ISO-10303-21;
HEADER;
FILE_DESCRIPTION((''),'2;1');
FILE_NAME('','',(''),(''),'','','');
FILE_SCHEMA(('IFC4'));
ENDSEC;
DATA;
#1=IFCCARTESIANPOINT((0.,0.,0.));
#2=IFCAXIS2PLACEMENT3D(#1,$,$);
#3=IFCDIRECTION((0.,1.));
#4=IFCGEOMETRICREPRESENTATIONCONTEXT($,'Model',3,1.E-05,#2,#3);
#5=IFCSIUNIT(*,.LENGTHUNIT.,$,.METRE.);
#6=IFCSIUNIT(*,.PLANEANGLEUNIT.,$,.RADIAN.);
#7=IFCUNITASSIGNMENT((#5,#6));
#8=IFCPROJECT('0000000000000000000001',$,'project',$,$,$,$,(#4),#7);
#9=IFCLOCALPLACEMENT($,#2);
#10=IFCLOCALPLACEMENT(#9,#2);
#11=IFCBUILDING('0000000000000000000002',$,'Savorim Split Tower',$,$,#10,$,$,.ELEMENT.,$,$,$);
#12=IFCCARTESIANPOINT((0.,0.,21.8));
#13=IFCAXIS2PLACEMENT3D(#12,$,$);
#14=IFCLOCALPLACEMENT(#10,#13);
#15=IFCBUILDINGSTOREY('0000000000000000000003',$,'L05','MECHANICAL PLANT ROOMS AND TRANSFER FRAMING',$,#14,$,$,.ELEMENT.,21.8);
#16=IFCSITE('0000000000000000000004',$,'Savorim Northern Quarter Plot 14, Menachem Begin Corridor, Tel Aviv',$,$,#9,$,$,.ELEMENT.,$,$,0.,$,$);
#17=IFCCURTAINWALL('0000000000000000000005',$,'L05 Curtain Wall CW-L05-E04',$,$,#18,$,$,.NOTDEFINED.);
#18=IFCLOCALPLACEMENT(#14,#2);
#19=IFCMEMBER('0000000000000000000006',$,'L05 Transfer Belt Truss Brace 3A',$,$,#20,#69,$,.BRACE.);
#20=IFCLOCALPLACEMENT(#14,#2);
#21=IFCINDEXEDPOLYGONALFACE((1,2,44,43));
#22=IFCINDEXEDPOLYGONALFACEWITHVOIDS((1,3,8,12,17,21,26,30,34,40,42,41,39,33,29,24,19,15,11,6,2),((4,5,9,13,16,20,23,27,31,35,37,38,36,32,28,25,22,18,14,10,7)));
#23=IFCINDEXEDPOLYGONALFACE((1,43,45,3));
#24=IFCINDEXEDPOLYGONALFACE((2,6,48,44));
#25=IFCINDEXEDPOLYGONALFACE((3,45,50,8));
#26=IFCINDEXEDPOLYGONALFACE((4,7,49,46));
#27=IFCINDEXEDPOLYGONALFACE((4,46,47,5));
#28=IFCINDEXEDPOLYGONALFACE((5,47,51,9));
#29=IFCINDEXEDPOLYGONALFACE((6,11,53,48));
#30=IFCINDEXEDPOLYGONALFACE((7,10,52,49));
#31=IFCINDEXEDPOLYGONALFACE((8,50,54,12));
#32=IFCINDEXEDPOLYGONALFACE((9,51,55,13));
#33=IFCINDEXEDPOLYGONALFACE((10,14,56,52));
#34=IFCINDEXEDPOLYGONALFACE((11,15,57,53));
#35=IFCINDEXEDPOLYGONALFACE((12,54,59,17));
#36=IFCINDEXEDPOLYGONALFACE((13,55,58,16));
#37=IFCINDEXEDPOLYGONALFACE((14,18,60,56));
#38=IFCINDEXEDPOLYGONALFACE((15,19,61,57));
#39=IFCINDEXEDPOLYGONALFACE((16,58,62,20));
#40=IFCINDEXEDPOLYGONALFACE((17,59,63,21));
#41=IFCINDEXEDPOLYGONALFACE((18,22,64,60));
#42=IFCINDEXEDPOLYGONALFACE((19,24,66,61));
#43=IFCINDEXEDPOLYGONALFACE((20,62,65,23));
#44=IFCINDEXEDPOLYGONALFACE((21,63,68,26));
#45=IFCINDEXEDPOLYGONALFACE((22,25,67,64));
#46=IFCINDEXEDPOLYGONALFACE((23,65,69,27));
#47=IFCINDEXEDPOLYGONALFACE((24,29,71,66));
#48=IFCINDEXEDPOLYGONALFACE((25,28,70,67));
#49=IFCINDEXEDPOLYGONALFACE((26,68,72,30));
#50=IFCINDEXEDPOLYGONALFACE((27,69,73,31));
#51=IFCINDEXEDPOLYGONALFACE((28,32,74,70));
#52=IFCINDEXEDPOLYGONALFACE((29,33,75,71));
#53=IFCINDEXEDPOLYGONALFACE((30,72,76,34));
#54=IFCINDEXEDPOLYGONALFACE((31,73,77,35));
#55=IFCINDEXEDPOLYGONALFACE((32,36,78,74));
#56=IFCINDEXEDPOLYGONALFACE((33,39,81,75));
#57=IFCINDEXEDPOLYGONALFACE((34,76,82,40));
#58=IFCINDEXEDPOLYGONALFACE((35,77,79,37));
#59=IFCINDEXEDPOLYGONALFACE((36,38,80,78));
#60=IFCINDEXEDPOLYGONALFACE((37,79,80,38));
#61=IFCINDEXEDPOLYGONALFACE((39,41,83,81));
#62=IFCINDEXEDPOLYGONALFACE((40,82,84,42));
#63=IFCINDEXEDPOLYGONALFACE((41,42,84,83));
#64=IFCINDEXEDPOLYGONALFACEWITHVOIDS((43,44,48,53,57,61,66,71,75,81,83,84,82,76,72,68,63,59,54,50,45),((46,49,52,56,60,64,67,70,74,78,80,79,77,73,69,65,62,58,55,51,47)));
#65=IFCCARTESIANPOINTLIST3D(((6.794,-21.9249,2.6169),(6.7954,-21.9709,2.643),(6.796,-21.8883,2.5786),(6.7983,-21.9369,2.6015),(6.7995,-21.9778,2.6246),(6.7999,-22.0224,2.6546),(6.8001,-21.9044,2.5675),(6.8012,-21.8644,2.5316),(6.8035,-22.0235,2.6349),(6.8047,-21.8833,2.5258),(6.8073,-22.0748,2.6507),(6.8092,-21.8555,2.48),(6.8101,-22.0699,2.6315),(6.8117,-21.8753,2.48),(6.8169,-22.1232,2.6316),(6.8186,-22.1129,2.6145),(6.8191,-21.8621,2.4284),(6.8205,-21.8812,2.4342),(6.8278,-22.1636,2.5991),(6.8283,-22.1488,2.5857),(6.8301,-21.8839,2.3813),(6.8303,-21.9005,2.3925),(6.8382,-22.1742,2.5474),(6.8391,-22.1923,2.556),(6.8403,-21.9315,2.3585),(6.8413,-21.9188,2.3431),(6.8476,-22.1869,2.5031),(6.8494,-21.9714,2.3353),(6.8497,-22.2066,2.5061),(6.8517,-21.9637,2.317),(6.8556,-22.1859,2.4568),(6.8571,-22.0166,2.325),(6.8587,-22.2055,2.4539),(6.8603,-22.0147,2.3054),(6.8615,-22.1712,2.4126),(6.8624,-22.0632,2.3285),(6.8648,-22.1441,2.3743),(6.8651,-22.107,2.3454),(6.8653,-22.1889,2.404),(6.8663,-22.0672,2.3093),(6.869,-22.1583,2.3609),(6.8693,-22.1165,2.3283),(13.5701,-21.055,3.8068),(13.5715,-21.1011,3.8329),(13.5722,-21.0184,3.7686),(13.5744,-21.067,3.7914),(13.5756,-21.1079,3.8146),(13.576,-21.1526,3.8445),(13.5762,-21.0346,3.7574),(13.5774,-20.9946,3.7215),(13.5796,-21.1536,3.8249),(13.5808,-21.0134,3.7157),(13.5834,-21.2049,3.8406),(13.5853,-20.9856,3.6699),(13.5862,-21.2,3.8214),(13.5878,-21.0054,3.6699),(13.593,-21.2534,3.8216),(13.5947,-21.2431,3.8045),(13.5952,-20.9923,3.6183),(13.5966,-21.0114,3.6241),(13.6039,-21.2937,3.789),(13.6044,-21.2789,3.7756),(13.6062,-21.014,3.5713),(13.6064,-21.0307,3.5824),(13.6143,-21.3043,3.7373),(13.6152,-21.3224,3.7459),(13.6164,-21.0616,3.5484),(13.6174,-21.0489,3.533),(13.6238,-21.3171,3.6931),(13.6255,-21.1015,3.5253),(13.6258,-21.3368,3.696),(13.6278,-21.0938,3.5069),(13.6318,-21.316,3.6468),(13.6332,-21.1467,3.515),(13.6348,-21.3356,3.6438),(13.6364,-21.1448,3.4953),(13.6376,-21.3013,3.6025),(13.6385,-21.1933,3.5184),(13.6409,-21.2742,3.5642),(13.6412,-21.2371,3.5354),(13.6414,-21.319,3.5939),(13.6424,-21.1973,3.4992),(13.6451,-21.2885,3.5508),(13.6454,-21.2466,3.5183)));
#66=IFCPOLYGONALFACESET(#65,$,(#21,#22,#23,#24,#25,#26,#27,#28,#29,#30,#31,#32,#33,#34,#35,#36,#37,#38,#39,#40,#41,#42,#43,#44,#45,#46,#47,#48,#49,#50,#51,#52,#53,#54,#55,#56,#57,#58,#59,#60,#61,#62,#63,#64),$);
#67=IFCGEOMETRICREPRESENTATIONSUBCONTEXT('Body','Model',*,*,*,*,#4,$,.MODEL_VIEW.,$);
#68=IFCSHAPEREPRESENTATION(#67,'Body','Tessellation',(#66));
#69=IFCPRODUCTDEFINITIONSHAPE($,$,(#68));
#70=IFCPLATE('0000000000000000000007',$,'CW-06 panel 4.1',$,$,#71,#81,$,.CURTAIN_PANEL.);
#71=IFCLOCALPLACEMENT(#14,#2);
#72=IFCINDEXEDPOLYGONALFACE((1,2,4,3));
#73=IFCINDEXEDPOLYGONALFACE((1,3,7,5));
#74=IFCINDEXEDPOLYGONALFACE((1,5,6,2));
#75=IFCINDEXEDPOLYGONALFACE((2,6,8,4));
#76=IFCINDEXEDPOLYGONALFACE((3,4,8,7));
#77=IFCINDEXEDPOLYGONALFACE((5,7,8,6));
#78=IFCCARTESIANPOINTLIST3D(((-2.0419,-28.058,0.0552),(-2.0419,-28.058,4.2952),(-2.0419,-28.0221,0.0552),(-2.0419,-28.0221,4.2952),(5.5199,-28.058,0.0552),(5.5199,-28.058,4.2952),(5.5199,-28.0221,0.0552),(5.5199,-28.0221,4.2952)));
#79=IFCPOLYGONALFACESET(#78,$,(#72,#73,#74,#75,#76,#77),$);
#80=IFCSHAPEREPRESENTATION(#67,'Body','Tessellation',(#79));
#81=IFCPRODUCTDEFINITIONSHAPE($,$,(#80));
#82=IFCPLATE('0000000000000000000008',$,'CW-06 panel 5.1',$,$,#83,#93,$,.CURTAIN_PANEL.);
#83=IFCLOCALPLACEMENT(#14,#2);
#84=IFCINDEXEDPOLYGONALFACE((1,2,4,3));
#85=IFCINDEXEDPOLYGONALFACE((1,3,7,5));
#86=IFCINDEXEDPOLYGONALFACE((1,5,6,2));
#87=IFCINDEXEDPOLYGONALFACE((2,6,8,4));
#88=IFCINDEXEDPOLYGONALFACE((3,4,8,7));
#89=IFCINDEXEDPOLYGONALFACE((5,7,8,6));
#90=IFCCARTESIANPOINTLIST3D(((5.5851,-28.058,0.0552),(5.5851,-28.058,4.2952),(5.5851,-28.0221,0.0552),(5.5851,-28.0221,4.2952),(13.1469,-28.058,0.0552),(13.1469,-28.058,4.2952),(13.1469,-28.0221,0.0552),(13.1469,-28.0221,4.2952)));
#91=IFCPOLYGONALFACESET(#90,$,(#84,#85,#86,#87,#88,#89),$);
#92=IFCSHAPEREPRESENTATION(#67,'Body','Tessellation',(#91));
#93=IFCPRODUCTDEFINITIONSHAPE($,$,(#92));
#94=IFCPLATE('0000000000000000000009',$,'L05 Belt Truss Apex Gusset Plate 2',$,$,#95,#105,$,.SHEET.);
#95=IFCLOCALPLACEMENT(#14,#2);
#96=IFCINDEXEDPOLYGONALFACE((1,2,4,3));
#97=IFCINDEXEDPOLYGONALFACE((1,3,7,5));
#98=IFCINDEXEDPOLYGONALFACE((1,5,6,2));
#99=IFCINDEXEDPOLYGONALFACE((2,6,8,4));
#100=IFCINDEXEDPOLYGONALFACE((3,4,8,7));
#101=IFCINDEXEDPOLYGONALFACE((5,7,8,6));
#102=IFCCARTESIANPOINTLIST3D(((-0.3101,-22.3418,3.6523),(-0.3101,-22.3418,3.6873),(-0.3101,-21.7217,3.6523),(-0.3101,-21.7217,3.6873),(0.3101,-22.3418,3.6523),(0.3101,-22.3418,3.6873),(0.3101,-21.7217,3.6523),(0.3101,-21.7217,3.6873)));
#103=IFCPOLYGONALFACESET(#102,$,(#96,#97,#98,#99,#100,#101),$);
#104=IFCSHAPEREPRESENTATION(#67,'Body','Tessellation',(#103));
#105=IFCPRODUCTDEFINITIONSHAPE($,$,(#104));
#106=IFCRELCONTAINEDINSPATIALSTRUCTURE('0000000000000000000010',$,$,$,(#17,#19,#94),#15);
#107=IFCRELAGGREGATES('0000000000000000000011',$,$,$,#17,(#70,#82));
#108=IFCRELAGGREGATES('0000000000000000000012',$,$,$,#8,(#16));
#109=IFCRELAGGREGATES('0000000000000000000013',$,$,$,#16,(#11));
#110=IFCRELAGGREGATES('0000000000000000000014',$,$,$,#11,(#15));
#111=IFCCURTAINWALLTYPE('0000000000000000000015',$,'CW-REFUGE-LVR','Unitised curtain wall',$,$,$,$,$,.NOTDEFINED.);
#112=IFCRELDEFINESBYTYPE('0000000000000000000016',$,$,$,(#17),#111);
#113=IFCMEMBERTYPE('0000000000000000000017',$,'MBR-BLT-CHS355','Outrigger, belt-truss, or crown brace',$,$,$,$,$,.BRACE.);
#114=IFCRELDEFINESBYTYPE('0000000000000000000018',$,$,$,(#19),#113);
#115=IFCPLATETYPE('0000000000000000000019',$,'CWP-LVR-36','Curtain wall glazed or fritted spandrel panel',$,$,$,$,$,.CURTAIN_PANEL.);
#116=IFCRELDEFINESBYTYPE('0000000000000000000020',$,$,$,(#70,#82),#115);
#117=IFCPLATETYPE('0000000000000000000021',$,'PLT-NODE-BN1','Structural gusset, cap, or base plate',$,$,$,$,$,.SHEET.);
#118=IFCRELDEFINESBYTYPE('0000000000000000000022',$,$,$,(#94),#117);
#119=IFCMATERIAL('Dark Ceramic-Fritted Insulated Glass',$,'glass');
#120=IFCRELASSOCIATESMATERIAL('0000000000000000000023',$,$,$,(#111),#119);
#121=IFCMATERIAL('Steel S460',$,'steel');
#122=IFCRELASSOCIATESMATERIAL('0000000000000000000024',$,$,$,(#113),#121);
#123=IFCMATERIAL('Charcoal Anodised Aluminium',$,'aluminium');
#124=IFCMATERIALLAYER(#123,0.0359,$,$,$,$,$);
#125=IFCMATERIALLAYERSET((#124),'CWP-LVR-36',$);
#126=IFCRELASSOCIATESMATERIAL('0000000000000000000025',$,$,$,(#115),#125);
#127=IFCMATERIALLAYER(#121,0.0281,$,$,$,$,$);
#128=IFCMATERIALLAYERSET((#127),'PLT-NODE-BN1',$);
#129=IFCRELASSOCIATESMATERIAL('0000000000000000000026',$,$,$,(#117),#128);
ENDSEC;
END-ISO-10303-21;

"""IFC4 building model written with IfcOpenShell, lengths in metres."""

from ifc_helpers import new_model, si_unit, direction, frame, origin, origin_2d, place, context, subcontext, project, spatial, rectangle, hollow_circle, extrude, material, layer, layer_set, material_profile, profile_set, type_object, element, aggregate, save


model = new_model("IFC4")

# Units and contexts
model_context = context("Model", 3, precision=1e-05, world=origin(), true_north=direction((0.0, 1.0)))
body_context = subcontext(model_context, "Body", "Model", "MODEL_VIEW")
ifc_project = project(units=[si_unit("LENGTHUNIT", "METRE"), si_unit("PLANEANGLEUNIT", "RADIAN")], contexts=[model_context])

# Site, building, storey
site_placement = place(None, origin())
site = spatial("IfcSite", under=ifc_project, at=site_placement, Name="Savorim Northern Quarter Plot 14, Menachem Begin Corridor, Tel Aviv", CompositionType="ELEMENT", RefElevation=0.0)
building_placement = place(site_placement, origin())
building = spatial("IfcBuilding", under=site, at=building_placement, Name="Savorim Split Tower", CompositionType="ELEMENT")
storey_placement = place(building_placement, frame((0.0, 0.0, 21.8)))
storey = spatial("IfcBuildingStorey", under=building, at=storey_placement, Name="L05", Description="MECHANICAL PLANT ROOMS AND TRANSFER FRAMING", CompositionType="ELEMENT", Elevation=21.8)

# Curtain wall
ifc_material_1 = material(Name="Dark Ceramic-Fritted Insulated Glass", Category="glass")
curtain_wall_type = type_object("IfcCurtainWallType", Name="CW-REFUGE-LVR", Description="Unitised curtain wall", PredefinedType="NOTDEFINED", material=ifc_material_1)
curtain_wall_placement = place(storey_placement, origin())
curtain_wall = element("IfcCurtainWall", 1, at=curtain_wall_placement, inside=storey, type_object=curtain_wall_type, Name="L05 Curtain Wall CW-L05-E04", PredefinedType="NOTDEFINED")
ifc_material_2 = material(Name="Charcoal Anodised Aluminium", Category="aluminium")

# Member
ifc_material_3 = material(Name="Steel S460", Category="steel")
ifc_material_profile_1 = material_profile(ifc_material_3, hollow_circle(Radius=0.1777, WallThickness=0.02, at=origin_2d()), Name="CHS 355.6x20")
ifc_profile_set_1 = profile_set([ifc_material_profile_1], Name="Steel S460")
member_type_1 = type_object("IfcMemberType", Name="MBR-BLT-CHS355", Description="Outrigger, belt-truss, or crown brace", PredefinedType="BRACE", material=ifc_profile_set_1)
for number, where, z_axis, x_axis, name in (
    (2, (6.8318, -22.0317, 2.48), (0.977149, 0.12544, 0.171595), (-0.127328, 0.991861, 0.0), "L05 Transfer Belt Truss Brace 3A"),
):
    element("IfcMember", number, at=place(storey_placement, frame(where, z_axis=z_axis, x_axis=x_axis)), inside=storey, type_object=member_type_1, Name=name, PredefinedType="BRACE", context=body_context, shape_type="SweptSolid", body=[
        extrude(hollow_circle(Radius=0.1777, WallThickness=0.02, at=origin_2d()), origin(), (0.0, 0.0, 1.0), 6.9346),
    ])

# Plates
ifc_layer_1 = layer(ifc_material_2, 0.0359)
ifc_layer_set_1 = layer_set([ifc_layer_1], Name="CWP-LVR-36")
plate_type_1 = type_object("IfcPlateType", Name="CWP-LVR-36", Description="Curtain wall glazed or fritted spandrel panel", PredefinedType="CURTAIN_PANEL", material=ifc_layer_set_1)
plate_1_placement = place(storey_placement, frame((1.739, -28.04, 0.0552), z_axis=(0.0, 0.0, 1.0), x_axis=(1.0, 0.0, 0.0)))
plate_1 = element("IfcPlate", 3, at=plate_1_placement, type_object=plate_type_1, Name="CW-06 panel 4.1", PredefinedType="CURTAIN_PANEL", context=body_context, shape_type="SweptSolid", body=[
    extrude(rectangle(XDim=7.5618, YDim=0.0359, at=origin_2d()), origin(), (0.0, 0.0, 1.0), 4.24),
])
plate_2_placement = place(storey_placement, frame((9.366, -28.04, 0.0552), z_axis=(0.0, 0.0, 1.0), x_axis=(1.0, 0.0, 0.0)))
plate_2 = element("IfcPlate", 4, at=plate_2_placement, type_object=plate_type_1, Name="CW-06 panel 5.1", PredefinedType="CURTAIN_PANEL", context=body_context, shape_type="SweptSolid", body=[
    extrude(rectangle(XDim=7.5618, YDim=0.0359, at=origin_2d()), origin(), (0.0, 0.0, 1.0), 4.24),
])
aggregate(curtain_wall, [plate_1, plate_2])
ifc_layer_2 = layer(ifc_material_3, 0.0281)
ifc_layer_set_2 = layer_set([ifc_layer_2], Name="PLT-NODE-BN1")
plate_type_2 = type_object("IfcPlateType", Name="PLT-NODE-BN1", Description="Structural gusset, cap, or base plate", PredefinedType="SHEET", material=ifc_layer_set_2)
plate_3_placement = place(storey_placement, frame((0.0, -22.0317, 3.6523), z_axis=(0.0, 0.0, 1.0), x_axis=(1.0, 0.0, 0.0)))
element("IfcPlate", 5, at=plate_3_placement, inside=storey, type_object=plate_type_2, Name="L05 Belt Truss Apex Gusset Plate 2", PredefinedType="SHEET", context=body_context, shape_type="SweptSolid", body=[
    extrude(rectangle(XDim=0.6201, YDim=0.6201, at=origin_2d()), origin(), (0.0, 0.0, 1.0), 0.0349),
])

save(model, "model.ifc")
